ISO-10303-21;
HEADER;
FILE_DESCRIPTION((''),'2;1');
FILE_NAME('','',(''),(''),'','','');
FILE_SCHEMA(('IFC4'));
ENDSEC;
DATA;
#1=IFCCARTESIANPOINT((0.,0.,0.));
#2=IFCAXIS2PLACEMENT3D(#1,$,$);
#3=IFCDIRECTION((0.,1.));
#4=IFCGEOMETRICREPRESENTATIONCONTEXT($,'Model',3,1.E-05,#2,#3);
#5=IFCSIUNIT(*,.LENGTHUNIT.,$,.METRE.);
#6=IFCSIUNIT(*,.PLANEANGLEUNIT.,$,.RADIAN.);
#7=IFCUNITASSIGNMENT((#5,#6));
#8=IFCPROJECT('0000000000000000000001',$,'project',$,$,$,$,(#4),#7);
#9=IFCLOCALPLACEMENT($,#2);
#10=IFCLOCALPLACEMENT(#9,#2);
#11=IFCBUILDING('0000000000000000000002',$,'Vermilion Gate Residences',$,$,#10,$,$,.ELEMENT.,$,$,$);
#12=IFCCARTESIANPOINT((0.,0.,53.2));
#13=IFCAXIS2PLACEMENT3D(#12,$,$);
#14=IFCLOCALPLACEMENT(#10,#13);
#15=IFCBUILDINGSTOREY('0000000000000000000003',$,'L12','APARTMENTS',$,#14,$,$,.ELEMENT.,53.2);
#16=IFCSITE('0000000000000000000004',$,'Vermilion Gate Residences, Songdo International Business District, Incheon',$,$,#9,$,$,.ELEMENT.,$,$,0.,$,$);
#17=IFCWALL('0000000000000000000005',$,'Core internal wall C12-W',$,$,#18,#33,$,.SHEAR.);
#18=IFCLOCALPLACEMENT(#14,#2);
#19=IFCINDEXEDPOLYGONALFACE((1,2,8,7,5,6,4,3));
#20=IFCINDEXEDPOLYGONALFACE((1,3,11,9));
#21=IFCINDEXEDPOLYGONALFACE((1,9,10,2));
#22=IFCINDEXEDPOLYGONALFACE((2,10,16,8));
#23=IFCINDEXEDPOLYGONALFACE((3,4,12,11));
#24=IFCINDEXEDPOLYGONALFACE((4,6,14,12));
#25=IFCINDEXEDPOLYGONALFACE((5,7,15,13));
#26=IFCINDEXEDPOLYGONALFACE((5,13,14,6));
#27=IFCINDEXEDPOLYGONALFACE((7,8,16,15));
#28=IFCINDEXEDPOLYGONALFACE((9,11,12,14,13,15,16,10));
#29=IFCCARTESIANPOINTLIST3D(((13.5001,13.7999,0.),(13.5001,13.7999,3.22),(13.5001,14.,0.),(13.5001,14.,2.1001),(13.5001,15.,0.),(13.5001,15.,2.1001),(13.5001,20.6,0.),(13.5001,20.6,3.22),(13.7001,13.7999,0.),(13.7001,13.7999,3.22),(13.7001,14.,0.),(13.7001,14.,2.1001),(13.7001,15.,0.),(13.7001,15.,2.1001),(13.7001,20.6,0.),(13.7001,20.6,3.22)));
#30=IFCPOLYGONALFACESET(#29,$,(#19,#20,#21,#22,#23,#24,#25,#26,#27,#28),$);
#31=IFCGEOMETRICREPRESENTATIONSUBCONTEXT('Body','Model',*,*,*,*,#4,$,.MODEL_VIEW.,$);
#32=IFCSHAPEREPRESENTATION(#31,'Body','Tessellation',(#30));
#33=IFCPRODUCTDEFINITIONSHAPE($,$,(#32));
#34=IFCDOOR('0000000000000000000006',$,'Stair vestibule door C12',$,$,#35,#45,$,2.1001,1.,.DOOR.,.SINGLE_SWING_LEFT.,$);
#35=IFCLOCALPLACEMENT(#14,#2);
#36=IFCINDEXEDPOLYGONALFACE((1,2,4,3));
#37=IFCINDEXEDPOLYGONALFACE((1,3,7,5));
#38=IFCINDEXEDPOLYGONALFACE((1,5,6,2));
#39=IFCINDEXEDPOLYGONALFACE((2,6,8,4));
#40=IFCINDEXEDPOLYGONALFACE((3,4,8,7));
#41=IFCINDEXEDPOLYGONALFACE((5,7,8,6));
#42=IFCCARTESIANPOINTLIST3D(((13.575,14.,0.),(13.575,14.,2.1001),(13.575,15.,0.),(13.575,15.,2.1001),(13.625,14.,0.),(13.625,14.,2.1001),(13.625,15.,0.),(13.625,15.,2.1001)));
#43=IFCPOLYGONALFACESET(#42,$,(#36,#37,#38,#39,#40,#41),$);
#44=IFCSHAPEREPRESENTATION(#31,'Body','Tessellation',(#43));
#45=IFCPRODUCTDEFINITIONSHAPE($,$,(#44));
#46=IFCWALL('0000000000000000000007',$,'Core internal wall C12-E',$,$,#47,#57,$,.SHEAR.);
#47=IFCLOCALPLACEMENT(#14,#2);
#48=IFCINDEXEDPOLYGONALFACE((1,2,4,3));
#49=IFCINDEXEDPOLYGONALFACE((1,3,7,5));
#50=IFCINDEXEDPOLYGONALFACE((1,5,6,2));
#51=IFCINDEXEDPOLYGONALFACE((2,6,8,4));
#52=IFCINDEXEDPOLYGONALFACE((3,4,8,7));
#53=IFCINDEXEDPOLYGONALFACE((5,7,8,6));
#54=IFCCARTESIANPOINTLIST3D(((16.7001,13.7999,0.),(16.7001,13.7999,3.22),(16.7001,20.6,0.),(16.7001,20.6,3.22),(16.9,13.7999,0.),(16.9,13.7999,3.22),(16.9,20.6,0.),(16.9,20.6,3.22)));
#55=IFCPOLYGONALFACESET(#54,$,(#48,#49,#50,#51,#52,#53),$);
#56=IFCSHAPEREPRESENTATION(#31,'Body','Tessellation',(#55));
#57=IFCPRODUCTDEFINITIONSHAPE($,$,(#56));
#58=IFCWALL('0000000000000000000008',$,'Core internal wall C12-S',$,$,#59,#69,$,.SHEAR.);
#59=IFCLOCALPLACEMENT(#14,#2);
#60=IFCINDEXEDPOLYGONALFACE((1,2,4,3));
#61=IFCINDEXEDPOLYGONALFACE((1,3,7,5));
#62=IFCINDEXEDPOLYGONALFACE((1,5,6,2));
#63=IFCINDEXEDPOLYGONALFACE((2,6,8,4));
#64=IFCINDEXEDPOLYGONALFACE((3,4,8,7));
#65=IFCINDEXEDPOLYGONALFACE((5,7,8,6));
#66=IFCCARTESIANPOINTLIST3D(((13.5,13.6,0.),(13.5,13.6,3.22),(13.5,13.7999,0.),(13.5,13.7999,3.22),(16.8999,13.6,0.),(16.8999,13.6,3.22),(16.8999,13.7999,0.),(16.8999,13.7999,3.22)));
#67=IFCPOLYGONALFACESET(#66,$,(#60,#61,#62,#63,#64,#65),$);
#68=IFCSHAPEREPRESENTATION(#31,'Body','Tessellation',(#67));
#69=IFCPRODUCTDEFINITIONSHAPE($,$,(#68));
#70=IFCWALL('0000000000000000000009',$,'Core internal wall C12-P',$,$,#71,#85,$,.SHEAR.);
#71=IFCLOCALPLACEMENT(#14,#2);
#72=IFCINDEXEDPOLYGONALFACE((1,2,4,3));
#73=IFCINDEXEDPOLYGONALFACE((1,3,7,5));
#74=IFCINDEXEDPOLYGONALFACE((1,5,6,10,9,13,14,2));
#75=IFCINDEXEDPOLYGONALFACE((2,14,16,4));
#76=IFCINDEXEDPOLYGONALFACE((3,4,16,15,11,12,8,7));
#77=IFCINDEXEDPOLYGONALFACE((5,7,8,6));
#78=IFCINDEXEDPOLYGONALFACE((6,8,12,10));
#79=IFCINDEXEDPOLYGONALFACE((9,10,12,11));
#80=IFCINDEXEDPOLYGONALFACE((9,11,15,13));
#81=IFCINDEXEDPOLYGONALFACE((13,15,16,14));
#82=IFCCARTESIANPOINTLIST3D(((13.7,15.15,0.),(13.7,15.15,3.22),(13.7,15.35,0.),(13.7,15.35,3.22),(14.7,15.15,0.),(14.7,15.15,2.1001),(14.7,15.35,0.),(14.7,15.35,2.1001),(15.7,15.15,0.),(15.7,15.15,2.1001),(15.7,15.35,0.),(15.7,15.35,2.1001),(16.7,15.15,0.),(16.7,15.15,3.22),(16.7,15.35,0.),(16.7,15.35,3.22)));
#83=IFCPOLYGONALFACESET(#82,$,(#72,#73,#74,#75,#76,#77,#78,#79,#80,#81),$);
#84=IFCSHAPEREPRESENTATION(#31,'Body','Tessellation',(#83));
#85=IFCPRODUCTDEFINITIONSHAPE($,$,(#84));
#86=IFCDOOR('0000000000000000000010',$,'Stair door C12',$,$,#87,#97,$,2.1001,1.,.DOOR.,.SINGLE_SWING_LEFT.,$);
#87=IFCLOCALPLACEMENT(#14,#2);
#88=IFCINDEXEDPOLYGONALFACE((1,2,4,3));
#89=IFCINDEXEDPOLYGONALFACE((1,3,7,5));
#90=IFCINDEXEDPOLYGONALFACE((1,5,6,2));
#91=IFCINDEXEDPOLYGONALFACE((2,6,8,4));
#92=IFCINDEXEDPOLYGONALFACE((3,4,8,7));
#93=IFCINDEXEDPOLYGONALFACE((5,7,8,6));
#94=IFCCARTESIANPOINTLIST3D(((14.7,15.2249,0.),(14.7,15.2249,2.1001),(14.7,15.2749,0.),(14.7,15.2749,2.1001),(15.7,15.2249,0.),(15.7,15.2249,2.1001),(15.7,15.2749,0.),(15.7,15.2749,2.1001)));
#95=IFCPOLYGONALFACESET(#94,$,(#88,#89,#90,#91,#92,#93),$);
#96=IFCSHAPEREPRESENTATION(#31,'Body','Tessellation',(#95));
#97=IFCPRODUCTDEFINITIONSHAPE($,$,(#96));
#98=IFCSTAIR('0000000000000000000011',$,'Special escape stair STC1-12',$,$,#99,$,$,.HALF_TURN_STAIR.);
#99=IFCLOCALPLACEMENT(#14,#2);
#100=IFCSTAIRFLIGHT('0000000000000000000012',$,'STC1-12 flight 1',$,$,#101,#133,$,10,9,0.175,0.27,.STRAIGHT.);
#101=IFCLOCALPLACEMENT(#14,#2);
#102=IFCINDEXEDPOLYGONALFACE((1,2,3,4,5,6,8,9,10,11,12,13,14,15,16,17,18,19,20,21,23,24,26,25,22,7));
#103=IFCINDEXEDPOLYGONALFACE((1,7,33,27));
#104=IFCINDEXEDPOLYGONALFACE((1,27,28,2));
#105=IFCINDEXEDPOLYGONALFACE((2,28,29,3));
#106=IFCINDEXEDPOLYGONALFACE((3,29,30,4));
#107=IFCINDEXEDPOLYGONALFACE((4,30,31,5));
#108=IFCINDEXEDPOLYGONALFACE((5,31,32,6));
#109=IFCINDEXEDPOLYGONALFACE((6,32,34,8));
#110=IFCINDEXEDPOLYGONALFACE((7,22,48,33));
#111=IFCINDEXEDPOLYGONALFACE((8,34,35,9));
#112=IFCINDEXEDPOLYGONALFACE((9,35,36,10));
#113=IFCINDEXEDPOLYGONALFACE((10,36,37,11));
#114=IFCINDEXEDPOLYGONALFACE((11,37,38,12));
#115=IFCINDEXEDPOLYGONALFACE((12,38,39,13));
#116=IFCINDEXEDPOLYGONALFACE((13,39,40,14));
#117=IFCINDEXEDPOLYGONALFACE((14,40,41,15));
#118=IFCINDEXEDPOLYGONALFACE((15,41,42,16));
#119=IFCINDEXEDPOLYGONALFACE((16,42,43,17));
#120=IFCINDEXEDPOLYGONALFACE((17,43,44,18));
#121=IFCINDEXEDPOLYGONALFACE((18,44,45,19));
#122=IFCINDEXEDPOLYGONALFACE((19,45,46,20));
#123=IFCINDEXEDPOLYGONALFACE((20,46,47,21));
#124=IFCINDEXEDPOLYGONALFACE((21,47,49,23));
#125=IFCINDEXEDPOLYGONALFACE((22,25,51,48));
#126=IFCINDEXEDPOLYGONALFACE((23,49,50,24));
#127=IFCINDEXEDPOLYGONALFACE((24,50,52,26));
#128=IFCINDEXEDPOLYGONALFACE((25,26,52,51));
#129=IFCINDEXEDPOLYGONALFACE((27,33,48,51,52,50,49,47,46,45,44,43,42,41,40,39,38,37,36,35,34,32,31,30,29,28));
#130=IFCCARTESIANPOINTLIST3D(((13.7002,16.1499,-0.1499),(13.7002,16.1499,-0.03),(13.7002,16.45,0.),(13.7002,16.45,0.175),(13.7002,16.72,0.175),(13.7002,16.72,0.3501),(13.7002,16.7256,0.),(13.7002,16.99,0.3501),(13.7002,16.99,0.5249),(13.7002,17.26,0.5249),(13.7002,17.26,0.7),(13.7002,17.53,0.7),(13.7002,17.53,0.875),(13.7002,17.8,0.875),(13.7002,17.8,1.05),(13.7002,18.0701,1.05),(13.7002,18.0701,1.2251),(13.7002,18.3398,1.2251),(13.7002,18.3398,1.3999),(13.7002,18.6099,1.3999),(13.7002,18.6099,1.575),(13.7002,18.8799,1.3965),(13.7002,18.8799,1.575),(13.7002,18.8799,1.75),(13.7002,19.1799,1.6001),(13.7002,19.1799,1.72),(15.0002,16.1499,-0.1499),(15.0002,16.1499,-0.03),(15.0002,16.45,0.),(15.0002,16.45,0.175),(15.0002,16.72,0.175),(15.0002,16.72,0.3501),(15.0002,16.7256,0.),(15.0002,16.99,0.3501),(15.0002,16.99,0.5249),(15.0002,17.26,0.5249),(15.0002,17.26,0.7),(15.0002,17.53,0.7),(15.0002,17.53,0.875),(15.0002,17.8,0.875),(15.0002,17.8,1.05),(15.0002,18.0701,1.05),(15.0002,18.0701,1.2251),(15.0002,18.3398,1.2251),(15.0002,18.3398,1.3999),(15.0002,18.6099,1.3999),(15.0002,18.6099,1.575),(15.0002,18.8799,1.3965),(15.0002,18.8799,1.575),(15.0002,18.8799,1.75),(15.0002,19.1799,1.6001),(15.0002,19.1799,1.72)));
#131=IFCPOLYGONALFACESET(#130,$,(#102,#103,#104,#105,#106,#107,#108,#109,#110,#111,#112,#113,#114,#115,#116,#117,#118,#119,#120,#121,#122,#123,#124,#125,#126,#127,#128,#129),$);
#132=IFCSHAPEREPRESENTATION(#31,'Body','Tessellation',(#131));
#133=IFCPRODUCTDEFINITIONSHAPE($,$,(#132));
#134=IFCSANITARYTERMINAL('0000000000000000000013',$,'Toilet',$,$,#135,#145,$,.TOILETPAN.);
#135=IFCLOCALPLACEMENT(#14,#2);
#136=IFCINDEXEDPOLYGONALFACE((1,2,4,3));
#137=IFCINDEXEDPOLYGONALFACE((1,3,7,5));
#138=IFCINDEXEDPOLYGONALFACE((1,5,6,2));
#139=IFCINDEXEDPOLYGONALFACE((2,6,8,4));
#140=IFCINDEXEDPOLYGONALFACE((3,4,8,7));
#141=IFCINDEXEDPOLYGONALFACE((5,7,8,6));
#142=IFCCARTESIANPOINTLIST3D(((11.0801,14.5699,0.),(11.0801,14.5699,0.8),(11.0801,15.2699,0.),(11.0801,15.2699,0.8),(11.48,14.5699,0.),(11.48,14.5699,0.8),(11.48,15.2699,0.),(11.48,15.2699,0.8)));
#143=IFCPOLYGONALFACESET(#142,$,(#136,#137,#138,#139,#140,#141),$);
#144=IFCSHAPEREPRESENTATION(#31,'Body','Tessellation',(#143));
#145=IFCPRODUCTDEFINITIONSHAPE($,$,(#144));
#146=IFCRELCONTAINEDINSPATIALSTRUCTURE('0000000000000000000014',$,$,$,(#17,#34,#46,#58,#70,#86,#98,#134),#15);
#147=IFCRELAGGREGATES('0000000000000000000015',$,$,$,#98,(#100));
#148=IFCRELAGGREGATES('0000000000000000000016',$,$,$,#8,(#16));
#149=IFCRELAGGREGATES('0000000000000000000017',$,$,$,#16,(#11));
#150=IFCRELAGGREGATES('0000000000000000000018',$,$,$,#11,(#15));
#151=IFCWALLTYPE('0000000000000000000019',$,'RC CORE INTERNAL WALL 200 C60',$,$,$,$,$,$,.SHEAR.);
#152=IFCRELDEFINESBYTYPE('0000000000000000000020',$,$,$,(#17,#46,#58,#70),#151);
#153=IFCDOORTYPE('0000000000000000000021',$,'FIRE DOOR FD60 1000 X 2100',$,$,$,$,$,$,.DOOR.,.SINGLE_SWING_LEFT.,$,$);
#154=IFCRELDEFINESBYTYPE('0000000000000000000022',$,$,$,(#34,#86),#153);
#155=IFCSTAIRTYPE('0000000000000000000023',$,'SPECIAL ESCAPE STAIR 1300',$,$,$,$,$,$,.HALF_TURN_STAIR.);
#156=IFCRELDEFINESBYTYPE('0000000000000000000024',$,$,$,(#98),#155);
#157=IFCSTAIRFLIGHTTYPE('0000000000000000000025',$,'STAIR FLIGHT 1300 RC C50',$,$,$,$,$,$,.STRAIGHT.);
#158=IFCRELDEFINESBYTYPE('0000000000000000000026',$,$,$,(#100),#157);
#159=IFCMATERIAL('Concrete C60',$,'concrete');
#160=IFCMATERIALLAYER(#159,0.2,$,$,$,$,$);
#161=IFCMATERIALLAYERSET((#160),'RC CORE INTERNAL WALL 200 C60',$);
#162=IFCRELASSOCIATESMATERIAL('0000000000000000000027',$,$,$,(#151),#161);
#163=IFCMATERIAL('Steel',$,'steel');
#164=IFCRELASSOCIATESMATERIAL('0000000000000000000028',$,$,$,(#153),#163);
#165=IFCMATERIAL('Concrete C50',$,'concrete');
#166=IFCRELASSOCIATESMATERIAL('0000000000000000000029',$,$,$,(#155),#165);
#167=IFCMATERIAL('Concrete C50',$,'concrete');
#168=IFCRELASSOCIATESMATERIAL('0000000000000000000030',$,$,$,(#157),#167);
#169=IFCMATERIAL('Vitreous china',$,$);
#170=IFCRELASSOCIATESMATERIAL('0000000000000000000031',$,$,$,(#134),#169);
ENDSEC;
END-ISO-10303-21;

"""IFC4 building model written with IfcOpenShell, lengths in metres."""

from ifc_helpers import new_model, si_unit, direction, frame, frame_2d, origin, origin_2d, place, context, subcontext, project, spatial, polyline, rectangle, outline, extrude, material, layer, layer_set, type_object, element, fill, aggregate, save


model = new_model("IFC4")

# Units and contexts
model_context = context("Model", 3, precision=1e-05, world=origin(), true_north=direction((0.0, 1.0)))
body_context = subcontext(model_context, "Body", "Model", "MODEL_VIEW")
ifc_project = project(units=[si_unit("LENGTHUNIT", "METRE"), si_unit("PLANEANGLEUNIT", "RADIAN")], contexts=[model_context])

# Site, building, storey
site_placement = place(None, origin())
site = spatial("IfcSite", under=ifc_project, at=site_placement, Name="Vermilion Gate Residences, Songdo International Business District, Incheon", CompositionType="ELEMENT", RefElevation=0.0)
building_placement = place(site_placement, origin())
building = spatial("IfcBuilding", under=site, at=building_placement, Name="Vermilion Gate Residences", CompositionType="ELEMENT")
storey_placement = place(building_placement, frame((0.0, 0.0, 53.2)))
storey = spatial("IfcBuildingStorey", under=building, at=storey_placement, Name="L12", Description="APARTMENTS", CompositionType="ELEMENT", Elevation=53.2)

# Wall, opening, door
ifc_material_1 = material(Name="Concrete C60", Category="concrete")
ifc_layer_1 = layer(ifc_material_1, 0.2)
ifc_layer_set_1 = layer_set([ifc_layer_1], Name="RC CORE INTERNAL WALL 200 C60")
wall_type_1 = type_object("IfcWallType", Name="RC CORE INTERNAL WALL 200 C60", PredefinedType="SHEAR", material=ifc_layer_set_1)
wall_1_placement = place(storey_placement, frame((13.6001, 13.8, 0.0), z_axis=(0.0, 0.0, 1.0), x_axis=(0.0, 1.0, 0.0)))
wall_1 = element("IfcWall", 1, at=wall_1_placement, inside=storey, type_object=wall_type_1, Name="Core internal wall C12-W", PredefinedType="SHEAR", context=body_context, shape_type="SweptSolid", body=[
    extrude(rectangle(XDim=6.8, YDim=0.2, at=frame_2d((3.3999, 0.0))), origin(), (0.0, 0.0, 1.0), 3.22),
])
opening_1_placement = place(wall_1_placement, frame((0.2, 0.0, 0.0)))
opening_1 = element("IfcOpeningElement", 2, at=opening_1_placement, cuts=wall_1, PredefinedType="OPENING", context=body_context, shape_type="SweptSolid", body=[
    extrude(rectangle(XDim=1.0, YDim=2.1001, at=frame_2d((0.5, 1.05))), frame((0.0, 0.1099, 0.0), z_axis=(0.0, -1.0, 0.0), x_axis=(1.0, 0.0, 0.0)), (0.0, 0.0, 1.0), 0.22),
])
ifc_material_2 = material(Name="Steel", Category="steel")
door_type_1 = type_object("IfcDoorType", Name="FIRE DOOR FD60 1000 X 2100", OperationType="SINGLE_SWING_LEFT", PredefinedType="DOOR", material=ifc_material_2)
door_1_placement = place(opening_1_placement, frame((1.0, 0.0, 0.0), z_axis=(0.0, 0.0, 1.0), x_axis=(-1.0, 0.0, 0.0)))
door_1 = element("IfcDoor", 3, at=door_1_placement, inside=storey, type_object=door_type_1, Name="Stair vestibule door C12", OperationType="SINGLE_SWING_LEFT", OverallHeight=2.1001, OverallWidth=1.0, PredefinedType="DOOR", context=body_context, shape_type="SweptSolid", body=[
    extrude(rectangle(XDim=1.0, YDim=2.1001, at=frame_2d((0.5, 1.05))), frame((0.0, 0.0249, 0.0), z_axis=(0.0, -1.0, 0.0), x_axis=(1.0, 0.0, 0.0)), (0.0, 0.0, 1.0), 0.05),
])
fill(opening_1, door_1)

# Walls
wall_2_placement = place(storey_placement, frame((16.8, 13.8, 0.0), z_axis=(0.0, 0.0, 1.0), x_axis=(0.0, 1.0, 0.0)))
element("IfcWall", 4, at=wall_2_placement, inside=storey, type_object=wall_type_1, Name="Core internal wall C12-E", PredefinedType="SHEAR", context=body_context, shape_type="SweptSolid", body=[
    extrude(rectangle(XDim=6.8, YDim=0.2, at=frame_2d((3.3999, 0.0))), origin(), (0.0, 0.0, 1.0), 3.22),
])
wall_3_placement = place(storey_placement, frame((13.5, 13.7, 0.0), z_axis=(0.0, 0.0, 1.0), x_axis=(1.0, 0.0, 0.0)))
element("IfcWall", 5, at=wall_3_placement, inside=storey, type_object=wall_type_1, Name="Core internal wall C12-S", PredefinedType="SHEAR", context=body_context, shape_type="SweptSolid", body=[
    extrude(rectangle(XDim=3.3999, YDim=0.2, at=frame_2d((1.7, 0.0))), origin(), (0.0, 0.0, 1.0), 3.22),
])

# Wall, opening, door
wall_4_placement = place(storey_placement, frame((13.7, 15.25, 0.0), z_axis=(0.0, 0.0, 1.0), x_axis=(1.0, 0.0, 0.0)))
wall_4 = element("IfcWall", 6, at=wall_4_placement, inside=storey, type_object=wall_type_1, Name="Core internal wall C12-P", PredefinedType="SHEAR", context=body_context, shape_type="SweptSolid", body=[
    extrude(rectangle(XDim=3.0, YDim=0.2, at=frame_2d((1.5, 0.0))), origin(), (0.0, 0.0, 1.0), 3.22),
])
opening_2_placement = place(wall_4_placement, frame((1.0, 0.0, 0.0)))
opening_2 = element("IfcOpeningElement", 7, at=opening_2_placement, cuts=wall_4, PredefinedType="OPENING", context=body_context, shape_type="SweptSolid", body=[
    extrude(rectangle(XDim=1.0, YDim=2.1001, at=frame_2d((0.5, 1.05))), frame((0.0, 0.1099, 0.0), z_axis=(0.0, -1.0, 0.0), x_axis=(1.0, 0.0, 0.0)), (0.0, 0.0, 1.0), 0.22),
])
door_2_placement = place(opening_2_placement, origin())
door_2 = element("IfcDoor", 8, at=door_2_placement, inside=storey, type_object=door_type_1, Name="Stair door C12", OperationType="SINGLE_SWING_LEFT", OverallHeight=2.1001, OverallWidth=1.0, PredefinedType="DOOR", context=body_context, shape_type="SweptSolid", body=[
    extrude(rectangle(XDim=1.0, YDim=2.1001, at=frame_2d((0.5, 1.05))), frame((0.0, 0.0249, 0.0), z_axis=(0.0, -1.0, 0.0), x_axis=(1.0, 0.0, 0.0)), (0.0, 0.0, 1.0), 0.05),
])
fill(opening_2, door_2)

# Stair, stair flight
ifc_material_3 = material(Name="Concrete C50", Category="concrete")
stair_type = type_object("IfcStairType", Name="SPECIAL ESCAPE STAIR 1300", PredefinedType="HALF_TURN_STAIR", material=ifc_material_3)
stair_placement = place(storey_placement, origin())
stair = element("IfcStair", 9, at=stair_placement, inside=storey, type_object=stair_type, Name="Special escape stair STC1-12", PredefinedType="HALF_TURN_STAIR")
ifc_material_4 = material(Name="Concrete C50", Category="concrete")
stair_flight_type = type_object("IfcStairFlightType", Name="STAIR FLIGHT 1300 RC C50", PredefinedType="STRAIGHT", material=ifc_material_4)
stair_flight_placement = place(storey_placement, frame((14.3501, 16.45, 0.0), z_axis=(0.0, 0.0, 1.0), x_axis=(0.0, 1.0, 0.0)))
stair_flight = element("IfcStairFlight", 10, at=stair_flight_placement, type_object=stair_flight_type, Name="STC1-12 flight 1", NumberOfRisers=10, NumberOfTreads=9, PredefinedType="STRAIGHT", RiserHeight=0.175, TreadLength=0.27, context=body_context, shape_type="SweptSolid", body=[
    extrude(outline(polyline([(-0.3, -0.1499), (-0.3, -0.03), (0.0, 0.0), (0.0, 0.175), (0.27, 0.175), (0.27, 0.3501), (0.54, 0.3501), (0.54, 0.5249), (0.8101, 0.5249), (0.8101, 0.7), (1.0801, 0.7), (1.0801, 0.875), (1.3501, 0.875), (1.3501, 1.05), (1.6201, 1.05), (1.6201, 1.2251), (1.8899, 1.2251), (1.8899, 1.3999), (2.1599, 1.3999), (2.1599, 1.575), (2.4299, 1.575), (2.4299, 1.75), (2.73, 1.72), (2.73, 1.6001), (2.4299, 1.3965), (0.2756, 0.0), (-0.3, -0.1499)])), frame((0.0, 0.6499, 0.0), z_axis=(0.0, -1.0, 0.0), x_axis=(1.0, 0.0, 0.0)), (0.0, 0.0, 1.0), 1.3),
])
aggregate(stair, [stair_flight])

# Sanitary terminal
ifc_material_5 = material(Name="Vitreous china")
sanitary_terminal_placement = place(storey_placement, frame((11.28, 14.9199, 0.0), z_axis=(0.0, 0.0, 1.0), x_axis=(1.0, 0.0, 0.0)))
element("IfcSanitaryTerminal", 11, at=sanitary_terminal_placement, inside=storey, material=ifc_material_5, Name="Toilet", PredefinedType="TOILETPAN", context=body_context, shape_type="SweptSolid", body=[
    extrude(rectangle(XDim=0.3999, YDim=0.7, at=origin_2d()), origin(), (0.0, 0.0, 1.0), 0.8),
])

save(model, "model.ifc")
